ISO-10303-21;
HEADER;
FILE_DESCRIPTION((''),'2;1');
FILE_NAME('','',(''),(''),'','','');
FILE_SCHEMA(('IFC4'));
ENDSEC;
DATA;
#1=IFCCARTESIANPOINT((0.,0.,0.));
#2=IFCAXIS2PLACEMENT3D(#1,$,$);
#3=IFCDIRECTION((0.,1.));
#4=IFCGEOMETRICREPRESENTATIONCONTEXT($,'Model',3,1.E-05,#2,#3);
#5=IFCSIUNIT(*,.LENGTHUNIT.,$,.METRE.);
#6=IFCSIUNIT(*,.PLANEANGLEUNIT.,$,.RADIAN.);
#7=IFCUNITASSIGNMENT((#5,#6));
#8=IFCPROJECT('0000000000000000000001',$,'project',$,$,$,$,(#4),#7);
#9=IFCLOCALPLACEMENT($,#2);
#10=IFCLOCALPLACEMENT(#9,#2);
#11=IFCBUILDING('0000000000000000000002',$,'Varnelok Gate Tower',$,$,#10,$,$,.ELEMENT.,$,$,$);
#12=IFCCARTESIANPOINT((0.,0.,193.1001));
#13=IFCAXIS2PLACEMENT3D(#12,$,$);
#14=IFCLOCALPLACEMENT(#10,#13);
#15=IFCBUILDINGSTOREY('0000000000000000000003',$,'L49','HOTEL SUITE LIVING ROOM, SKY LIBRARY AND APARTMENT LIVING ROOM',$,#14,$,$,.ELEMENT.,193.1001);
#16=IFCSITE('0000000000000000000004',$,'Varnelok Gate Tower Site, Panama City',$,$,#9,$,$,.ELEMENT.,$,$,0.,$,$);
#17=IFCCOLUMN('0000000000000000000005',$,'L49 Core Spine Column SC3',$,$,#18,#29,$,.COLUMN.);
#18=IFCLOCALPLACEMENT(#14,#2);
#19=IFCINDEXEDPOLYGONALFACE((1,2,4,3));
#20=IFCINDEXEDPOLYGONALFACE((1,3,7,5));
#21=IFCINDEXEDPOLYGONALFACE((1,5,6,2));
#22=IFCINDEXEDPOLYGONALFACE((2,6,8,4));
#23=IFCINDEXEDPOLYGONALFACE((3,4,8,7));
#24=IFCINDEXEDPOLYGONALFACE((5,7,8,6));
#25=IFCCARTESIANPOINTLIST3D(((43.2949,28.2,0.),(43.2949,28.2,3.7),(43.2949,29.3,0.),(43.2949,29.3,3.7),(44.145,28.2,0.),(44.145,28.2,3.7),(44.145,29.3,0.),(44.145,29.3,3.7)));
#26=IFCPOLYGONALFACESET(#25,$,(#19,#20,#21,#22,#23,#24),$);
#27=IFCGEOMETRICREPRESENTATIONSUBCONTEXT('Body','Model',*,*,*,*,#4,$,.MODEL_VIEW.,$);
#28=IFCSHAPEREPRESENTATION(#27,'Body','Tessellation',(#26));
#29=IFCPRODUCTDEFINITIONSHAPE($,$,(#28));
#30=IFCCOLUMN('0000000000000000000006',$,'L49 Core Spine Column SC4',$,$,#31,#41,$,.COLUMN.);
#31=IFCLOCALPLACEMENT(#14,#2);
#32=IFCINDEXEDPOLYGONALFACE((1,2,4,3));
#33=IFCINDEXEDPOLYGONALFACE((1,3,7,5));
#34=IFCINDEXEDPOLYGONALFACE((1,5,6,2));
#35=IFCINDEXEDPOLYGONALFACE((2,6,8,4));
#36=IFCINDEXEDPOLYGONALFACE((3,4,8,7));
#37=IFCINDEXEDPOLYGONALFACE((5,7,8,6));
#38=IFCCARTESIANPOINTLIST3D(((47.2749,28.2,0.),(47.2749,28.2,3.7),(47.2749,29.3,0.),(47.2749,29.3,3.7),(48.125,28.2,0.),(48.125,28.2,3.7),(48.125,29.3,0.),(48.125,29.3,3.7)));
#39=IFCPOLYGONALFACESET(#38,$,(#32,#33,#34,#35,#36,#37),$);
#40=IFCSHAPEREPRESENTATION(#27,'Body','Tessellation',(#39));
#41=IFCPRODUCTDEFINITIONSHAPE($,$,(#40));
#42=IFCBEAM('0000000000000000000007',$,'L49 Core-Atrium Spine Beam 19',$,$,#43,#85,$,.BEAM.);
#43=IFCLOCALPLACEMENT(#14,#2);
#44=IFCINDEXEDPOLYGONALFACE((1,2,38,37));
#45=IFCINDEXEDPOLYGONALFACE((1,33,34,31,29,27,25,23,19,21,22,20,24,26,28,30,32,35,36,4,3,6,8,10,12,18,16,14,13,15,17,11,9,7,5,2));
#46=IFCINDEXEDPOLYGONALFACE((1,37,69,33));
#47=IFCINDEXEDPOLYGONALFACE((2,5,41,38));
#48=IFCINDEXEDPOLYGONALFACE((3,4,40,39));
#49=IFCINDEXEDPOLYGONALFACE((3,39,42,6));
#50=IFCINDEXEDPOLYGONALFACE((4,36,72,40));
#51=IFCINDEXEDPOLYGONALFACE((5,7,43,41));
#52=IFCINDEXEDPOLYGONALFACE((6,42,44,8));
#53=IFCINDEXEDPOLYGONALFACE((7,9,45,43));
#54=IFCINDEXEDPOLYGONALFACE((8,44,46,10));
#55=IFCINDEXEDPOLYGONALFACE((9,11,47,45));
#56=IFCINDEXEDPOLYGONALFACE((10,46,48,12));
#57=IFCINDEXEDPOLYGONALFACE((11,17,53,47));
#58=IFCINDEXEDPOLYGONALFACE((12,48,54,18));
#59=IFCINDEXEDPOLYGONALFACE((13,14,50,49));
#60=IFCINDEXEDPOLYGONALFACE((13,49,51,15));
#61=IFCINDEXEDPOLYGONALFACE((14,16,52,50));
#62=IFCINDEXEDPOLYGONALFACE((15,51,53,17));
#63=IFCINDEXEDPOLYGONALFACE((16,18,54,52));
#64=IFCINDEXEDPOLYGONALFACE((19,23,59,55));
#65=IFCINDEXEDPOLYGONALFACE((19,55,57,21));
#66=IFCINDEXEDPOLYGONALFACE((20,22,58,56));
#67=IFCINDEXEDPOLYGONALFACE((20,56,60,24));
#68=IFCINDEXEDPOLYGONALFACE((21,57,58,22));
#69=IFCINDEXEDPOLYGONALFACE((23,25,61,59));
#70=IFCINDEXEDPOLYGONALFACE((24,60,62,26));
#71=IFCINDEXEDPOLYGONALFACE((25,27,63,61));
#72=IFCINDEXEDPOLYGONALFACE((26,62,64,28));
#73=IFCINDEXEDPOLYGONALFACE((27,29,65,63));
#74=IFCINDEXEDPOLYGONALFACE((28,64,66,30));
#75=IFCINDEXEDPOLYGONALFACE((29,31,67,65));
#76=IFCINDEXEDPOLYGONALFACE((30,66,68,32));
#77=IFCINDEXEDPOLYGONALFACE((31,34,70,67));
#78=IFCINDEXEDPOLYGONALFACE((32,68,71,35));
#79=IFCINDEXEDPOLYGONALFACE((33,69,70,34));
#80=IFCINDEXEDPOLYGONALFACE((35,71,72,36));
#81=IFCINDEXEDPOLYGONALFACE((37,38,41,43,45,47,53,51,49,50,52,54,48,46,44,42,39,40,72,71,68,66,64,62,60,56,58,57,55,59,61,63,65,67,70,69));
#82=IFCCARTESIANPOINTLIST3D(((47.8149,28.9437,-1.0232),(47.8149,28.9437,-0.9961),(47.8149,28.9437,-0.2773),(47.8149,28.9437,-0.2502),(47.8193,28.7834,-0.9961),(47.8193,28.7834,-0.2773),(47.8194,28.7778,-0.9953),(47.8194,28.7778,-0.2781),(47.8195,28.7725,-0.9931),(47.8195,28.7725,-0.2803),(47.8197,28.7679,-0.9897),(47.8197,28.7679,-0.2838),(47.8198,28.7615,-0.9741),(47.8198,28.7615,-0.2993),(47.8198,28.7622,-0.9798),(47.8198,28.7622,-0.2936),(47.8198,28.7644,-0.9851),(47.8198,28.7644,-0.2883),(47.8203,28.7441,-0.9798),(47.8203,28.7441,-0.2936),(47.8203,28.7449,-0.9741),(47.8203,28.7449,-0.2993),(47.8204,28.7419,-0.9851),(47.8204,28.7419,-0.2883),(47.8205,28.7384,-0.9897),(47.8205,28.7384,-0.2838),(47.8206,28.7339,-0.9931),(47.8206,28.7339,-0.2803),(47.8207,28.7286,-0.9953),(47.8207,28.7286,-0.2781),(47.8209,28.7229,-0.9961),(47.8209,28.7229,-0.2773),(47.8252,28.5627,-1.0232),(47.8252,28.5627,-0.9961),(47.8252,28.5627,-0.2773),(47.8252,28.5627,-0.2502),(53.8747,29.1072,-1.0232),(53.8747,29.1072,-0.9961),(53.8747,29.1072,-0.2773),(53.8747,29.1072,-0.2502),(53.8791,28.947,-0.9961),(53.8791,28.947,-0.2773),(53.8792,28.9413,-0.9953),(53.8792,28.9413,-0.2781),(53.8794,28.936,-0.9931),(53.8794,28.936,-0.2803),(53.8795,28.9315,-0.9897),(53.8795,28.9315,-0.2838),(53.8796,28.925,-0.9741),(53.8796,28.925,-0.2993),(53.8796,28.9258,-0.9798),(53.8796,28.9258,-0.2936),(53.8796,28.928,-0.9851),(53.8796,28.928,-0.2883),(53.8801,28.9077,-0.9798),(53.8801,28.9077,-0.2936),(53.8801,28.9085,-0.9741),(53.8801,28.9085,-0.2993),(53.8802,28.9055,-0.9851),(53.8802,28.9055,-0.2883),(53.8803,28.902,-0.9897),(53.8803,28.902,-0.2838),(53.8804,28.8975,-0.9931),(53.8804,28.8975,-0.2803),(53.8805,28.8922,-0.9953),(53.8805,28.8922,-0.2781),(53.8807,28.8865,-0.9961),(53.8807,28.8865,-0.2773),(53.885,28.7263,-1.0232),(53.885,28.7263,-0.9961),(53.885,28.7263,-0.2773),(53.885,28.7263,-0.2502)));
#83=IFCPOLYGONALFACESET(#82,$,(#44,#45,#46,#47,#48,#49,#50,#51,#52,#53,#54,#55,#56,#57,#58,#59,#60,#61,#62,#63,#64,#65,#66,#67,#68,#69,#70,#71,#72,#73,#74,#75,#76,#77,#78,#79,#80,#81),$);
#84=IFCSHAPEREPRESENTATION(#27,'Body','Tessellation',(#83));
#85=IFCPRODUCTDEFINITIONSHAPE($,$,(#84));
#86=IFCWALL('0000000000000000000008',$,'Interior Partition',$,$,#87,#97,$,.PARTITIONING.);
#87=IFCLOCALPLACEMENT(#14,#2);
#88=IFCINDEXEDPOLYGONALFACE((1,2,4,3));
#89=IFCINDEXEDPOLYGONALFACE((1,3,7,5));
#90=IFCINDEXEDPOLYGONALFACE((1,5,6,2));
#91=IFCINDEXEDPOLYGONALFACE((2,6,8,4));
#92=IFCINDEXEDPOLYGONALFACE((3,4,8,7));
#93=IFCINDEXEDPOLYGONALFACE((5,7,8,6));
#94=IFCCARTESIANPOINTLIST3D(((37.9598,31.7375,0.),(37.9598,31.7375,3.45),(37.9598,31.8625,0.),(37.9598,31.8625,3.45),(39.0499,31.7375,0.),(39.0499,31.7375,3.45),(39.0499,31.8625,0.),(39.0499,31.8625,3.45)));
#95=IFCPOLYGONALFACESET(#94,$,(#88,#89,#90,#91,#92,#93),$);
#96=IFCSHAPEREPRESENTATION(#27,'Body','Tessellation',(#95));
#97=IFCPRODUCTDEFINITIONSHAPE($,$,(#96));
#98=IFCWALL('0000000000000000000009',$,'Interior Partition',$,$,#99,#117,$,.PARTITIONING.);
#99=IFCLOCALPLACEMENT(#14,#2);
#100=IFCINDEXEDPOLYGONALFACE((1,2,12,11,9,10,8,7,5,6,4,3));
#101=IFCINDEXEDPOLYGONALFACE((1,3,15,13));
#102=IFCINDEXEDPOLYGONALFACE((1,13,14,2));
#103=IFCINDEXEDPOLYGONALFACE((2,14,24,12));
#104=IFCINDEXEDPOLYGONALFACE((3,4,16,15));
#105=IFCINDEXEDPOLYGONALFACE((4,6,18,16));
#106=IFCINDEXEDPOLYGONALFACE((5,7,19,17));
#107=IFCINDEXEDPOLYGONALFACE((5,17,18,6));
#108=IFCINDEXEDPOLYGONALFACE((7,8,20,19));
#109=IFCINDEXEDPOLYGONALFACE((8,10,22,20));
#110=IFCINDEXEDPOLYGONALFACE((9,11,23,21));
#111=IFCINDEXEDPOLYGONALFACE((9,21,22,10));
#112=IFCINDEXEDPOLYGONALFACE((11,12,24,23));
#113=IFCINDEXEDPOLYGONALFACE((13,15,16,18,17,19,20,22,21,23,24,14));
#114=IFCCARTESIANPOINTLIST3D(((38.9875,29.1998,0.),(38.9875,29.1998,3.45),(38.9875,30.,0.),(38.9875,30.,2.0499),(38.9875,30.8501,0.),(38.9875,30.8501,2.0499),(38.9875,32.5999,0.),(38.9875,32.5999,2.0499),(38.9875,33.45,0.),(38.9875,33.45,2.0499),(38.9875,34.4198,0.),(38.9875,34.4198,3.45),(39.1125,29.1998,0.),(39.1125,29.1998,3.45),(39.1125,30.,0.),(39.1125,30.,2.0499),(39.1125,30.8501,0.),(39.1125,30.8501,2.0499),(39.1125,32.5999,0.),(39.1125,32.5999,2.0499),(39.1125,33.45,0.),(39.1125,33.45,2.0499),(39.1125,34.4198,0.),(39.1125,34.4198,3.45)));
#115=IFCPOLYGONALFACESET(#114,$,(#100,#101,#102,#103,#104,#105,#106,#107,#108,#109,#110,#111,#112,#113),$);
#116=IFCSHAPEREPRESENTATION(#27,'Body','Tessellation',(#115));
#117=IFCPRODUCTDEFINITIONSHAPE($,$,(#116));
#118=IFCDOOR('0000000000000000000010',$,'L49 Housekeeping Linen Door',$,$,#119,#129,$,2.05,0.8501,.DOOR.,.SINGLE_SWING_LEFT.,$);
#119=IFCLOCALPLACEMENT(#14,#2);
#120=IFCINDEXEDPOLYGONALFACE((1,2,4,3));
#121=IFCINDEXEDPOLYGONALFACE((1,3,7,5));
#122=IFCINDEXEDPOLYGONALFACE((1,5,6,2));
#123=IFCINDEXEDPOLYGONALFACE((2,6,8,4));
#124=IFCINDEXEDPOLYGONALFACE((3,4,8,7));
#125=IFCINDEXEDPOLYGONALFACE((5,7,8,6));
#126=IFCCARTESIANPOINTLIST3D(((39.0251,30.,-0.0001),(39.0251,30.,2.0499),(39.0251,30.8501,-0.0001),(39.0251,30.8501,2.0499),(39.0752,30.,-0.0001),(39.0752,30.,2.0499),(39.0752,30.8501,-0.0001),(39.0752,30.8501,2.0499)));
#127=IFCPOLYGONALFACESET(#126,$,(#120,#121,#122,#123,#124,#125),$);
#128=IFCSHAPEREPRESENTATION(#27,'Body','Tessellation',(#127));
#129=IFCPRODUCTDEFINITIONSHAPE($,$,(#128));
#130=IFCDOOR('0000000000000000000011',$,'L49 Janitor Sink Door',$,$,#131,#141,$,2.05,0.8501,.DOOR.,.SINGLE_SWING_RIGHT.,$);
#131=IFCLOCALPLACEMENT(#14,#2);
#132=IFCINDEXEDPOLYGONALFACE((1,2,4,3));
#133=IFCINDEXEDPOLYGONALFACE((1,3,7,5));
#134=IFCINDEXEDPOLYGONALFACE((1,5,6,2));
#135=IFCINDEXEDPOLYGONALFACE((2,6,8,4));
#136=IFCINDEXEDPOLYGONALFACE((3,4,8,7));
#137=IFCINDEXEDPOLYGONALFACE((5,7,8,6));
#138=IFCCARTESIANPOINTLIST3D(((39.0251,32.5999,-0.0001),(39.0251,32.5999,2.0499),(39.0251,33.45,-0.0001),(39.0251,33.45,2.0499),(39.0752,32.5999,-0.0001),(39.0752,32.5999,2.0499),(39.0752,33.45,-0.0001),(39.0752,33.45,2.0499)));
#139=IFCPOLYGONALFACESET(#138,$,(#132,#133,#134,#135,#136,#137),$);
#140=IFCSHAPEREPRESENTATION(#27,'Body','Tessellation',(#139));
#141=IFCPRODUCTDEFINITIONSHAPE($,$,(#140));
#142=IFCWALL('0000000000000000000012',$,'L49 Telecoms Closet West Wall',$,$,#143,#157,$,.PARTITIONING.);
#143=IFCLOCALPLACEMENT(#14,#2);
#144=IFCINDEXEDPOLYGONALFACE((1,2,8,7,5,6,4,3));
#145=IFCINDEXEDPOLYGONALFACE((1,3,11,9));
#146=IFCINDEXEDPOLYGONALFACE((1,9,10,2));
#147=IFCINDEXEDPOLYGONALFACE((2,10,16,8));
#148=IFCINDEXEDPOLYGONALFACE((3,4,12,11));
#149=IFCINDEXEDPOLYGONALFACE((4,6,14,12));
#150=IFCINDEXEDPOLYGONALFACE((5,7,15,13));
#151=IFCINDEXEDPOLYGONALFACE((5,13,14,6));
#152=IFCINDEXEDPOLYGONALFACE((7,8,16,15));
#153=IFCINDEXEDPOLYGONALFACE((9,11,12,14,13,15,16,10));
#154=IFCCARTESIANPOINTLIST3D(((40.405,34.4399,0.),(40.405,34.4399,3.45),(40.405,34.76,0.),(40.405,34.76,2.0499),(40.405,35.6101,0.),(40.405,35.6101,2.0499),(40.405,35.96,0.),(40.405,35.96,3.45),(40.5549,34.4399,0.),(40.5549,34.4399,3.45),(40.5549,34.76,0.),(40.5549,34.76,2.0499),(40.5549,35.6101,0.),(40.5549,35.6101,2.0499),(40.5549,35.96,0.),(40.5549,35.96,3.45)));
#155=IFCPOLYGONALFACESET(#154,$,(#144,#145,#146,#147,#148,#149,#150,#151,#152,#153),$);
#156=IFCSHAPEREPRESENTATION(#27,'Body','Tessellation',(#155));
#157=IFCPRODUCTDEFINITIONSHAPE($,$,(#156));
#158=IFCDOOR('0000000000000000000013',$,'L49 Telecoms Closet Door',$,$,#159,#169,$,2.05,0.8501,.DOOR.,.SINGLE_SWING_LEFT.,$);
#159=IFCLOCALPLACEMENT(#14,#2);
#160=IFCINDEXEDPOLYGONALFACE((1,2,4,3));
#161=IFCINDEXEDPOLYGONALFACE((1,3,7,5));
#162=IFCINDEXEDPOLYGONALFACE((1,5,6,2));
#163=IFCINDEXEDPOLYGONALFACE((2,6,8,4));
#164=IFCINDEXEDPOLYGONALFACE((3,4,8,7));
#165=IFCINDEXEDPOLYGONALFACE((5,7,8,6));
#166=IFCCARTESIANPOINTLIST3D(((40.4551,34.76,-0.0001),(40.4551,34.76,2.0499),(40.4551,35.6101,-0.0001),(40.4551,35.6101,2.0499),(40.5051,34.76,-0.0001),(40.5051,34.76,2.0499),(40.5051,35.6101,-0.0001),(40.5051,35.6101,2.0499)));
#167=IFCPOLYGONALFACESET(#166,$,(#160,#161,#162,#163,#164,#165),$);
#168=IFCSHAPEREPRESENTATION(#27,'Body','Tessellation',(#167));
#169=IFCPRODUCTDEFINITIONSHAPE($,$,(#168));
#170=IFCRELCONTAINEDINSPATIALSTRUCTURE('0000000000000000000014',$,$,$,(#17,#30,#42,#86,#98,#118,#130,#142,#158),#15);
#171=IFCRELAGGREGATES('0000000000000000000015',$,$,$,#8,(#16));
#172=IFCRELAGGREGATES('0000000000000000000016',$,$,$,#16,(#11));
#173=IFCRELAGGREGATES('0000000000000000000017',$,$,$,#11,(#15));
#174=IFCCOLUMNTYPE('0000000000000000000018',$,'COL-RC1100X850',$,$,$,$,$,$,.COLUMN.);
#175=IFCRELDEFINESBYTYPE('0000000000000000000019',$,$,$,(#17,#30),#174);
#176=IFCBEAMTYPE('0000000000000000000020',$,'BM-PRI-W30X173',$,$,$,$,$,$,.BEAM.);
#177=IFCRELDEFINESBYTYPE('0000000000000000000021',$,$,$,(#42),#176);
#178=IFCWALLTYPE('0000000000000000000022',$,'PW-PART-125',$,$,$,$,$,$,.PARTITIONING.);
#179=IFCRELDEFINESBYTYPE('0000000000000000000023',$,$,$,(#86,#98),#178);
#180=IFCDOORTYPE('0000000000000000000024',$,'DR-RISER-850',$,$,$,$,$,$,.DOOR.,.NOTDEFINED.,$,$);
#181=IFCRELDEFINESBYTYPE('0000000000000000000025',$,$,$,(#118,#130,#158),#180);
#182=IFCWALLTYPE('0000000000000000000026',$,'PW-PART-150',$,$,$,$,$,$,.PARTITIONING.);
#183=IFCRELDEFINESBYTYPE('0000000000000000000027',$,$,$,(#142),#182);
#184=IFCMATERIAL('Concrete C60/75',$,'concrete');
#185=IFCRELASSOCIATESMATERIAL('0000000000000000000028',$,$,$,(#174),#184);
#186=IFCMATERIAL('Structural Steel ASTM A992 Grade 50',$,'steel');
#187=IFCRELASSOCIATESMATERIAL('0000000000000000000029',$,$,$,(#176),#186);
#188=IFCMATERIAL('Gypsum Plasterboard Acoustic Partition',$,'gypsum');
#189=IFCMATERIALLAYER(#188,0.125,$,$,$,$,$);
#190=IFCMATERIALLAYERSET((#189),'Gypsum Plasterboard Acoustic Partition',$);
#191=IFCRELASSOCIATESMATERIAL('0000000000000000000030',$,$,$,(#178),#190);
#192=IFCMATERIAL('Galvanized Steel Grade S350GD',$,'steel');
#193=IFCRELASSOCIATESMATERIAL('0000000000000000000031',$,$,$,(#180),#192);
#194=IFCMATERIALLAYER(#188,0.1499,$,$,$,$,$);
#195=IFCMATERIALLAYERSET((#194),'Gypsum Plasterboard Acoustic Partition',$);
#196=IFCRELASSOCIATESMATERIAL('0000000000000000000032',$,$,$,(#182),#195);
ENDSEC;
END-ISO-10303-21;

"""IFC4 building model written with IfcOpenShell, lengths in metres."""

from ifc_helpers import new_model, si_unit, direction, frame, frame_2d, origin, origin_2d, place, context, subcontext, project, spatial, rectangle, i_section, extrude, material, layer, layer_set, material_profile, profile_set, type_object, element, fill, save


model = new_model("IFC4")

# Units and contexts
model_context = context("Model", 3, precision=1e-05, world=origin(), true_north=direction((0.0, 1.0)))
body_context = subcontext(model_context, "Body", "Model", "MODEL_VIEW")
ifc_project = project(units=[si_unit("LENGTHUNIT", "METRE"), si_unit("PLANEANGLEUNIT", "RADIAN")], contexts=[model_context])

# Site, building, storey
site_placement = place(None, origin())
site = spatial("IfcSite", under=ifc_project, at=site_placement, Name="Varnelok Gate Tower Site, Panama City", CompositionType="ELEMENT", RefElevation=0.0)
building_placement = place(site_placement, origin())
building = spatial("IfcBuilding", under=site, at=building_placement, Name="Varnelok Gate Tower", CompositionType="ELEMENT")
storey_placement = place(building_placement, frame((0.0, 0.0, 193.1001)))
storey = spatial("IfcBuildingStorey", under=building, at=storey_placement, Name="L49", Description="HOTEL SUITE LIVING ROOM, SKY LIBRARY AND APARTMENT LIVING ROOM", CompositionType="ELEMENT", Elevation=193.1001)

# Columns
ifc_material_1 = material(Name="Concrete C60/75", Category="concrete")
ifc_material_profile_1 = material_profile(ifc_material_1, rectangle(XDim=0.8501, YDim=1.1001, at=origin_2d()), Name="RC1100X850")
ifc_profile_set_1 = profile_set([ifc_material_profile_1], Name="Concrete C60/75")
column_type = type_object("IfcColumnType", Name="COL-RC1100X850", PredefinedType="COLUMN", material=ifc_profile_set_1)
for number, where, z_axis, x_axis, name in (
    (1, (43.72, 28.75, 0.0), (0.0, 0.0, 1.0), (1.0, 0.0, 0.0), "L49 Core Spine Column SC3"),
    (2, (47.7, 28.75, 0.0), (0.0, 0.0, 1.0), (1.0, 0.0, 0.0), "L49 Core Spine Column SC4"),
):
    element("IfcColumn", number, at=place(storey_placement, frame(where, z_axis=z_axis, x_axis=x_axis)), inside=storey, type_object=column_type, Name=name, PredefinedType="COLUMN", context=body_context, shape_type="SweptSolid", body=[
        extrude(rectangle(XDim=0.8501, YDim=1.1001, at=origin_2d()), origin(), (0.0, 0.0, 1.0), 3.7),
    ])

# Beam
ifc_material_2 = material(Name="Structural Steel ASTM A992 Grade 50", Category="steel")
ifc_material_profile_2 = material_profile(ifc_material_2, i_section(OverallWidth=0.3811, OverallDepth=0.7729, WebThickness=0.0166, FlangeThickness=0.0271, FilletRadius=0.022, at=origin_2d()), Name="W30X173")
ifc_profile_set_2 = profile_set([ifc_material_profile_2], Name="Structural Steel ASTM A992 Grade 50")
beam_type = type_object("IfcBeamType", Name="BM-PRI-W30X173", PredefinedType="BEAM", material=ifc_profile_set_2)
beam_placement = place(storey_placement, frame((47.8201, 28.7532, -0.6367), z_axis=(0.999636, 0.026983, 0.0), x_axis=(-0.026983, 0.999636, 0.0)))
element("IfcBeam", 3, at=beam_placement, inside=storey, type_object=beam_type, Name="L49 Core-Atrium Spine Beam 19", PredefinedType="BEAM", context=body_context, shape_type="SweptSolid", body=[
    extrude(i_section(OverallWidth=0.3811, OverallDepth=0.7729, WebThickness=0.0166, FlangeThickness=0.0271, FilletRadius=0.022, at=origin_2d()), origin(), (0.0, 0.0, 1.0), 6.062),
])

# Wall
ifc_material_3 = material(Name="Gypsum Plasterboard Acoustic Partition", Category="gypsum")
ifc_layer_1 = layer(ifc_material_3, 0.125)
ifc_layer_set_1 = layer_set([ifc_layer_1], Name="Gypsum Plasterboard Acoustic Partition")
wall_type_1 = type_object("IfcWallType", Name="PW-PART-125", PredefinedType="PARTITIONING", material=ifc_layer_set_1)
wall_1_placement = place(storey_placement, frame((37.96, 31.8, 0.0), z_axis=(0.0, 0.0, 1.0), x_axis=(1.0, 0.0, 0.0)))
element("IfcWall", 4, at=wall_1_placement, inside=storey, type_object=wall_type_1, Name="Interior Partition", PredefinedType="PARTITIONING", context=body_context, shape_type="SweptSolid", body=[
    extrude(rectangle(XDim=1.0901, YDim=0.125, at=frame_2d((0.5449, 0.0))), origin(), (0.0, 0.0, 1.0), 3.45),
])

# Wall, openings, doors
wall_2_placement = place(storey_placement, frame((39.05, 29.2, 0.0), z_axis=(0.0, 0.0, 1.0), x_axis=(0.0, 1.0, 0.0)))
wall_2 = element("IfcWall", 5, at=wall_2_placement, inside=storey, type_object=wall_type_1, Name="Interior Partition", PredefinedType="PARTITIONING", context=body_context, shape_type="SweptSolid", body=[
    extrude(rectangle(XDim=5.22, YDim=0.125, at=frame_2d((2.6099, 0.0))), origin(), (0.0, 0.0, 1.0), 3.45),
])
opening_1_placement = place(wall_2_placement, frame((0.8, 0.0, 0.0)))
opening_1 = element("IfcOpeningElement", 6, at=opening_1_placement, cuts=wall_2, PredefinedType="OPENING", context=body_context, shape_type="SweptSolid", body=[
    extrude(rectangle(XDim=0.8501, YDim=2.05, at=frame_2d((0.425, 1.0249))), frame((0.0, 0.0725, 0.0), z_axis=(0.0, -1.0, 0.0), x_axis=(1.0, 0.0, 0.0)), (0.0, 0.0, 1.0), 0.145),
])
opening_2_placement = place(wall_2_placement, frame((3.3999, 0.0, 0.0)))
opening_2 = element("IfcOpeningElement", 7, at=opening_2_placement, cuts=wall_2, PredefinedType="OPENING", context=body_context, shape_type="SweptSolid", body=[
    extrude(rectangle(XDim=0.8501, YDim=2.05, at=frame_2d((0.425, 1.0249))), frame((0.0, 0.0725, 0.0), z_axis=(0.0, -1.0, 0.0), x_axis=(1.0, 0.0, 0.0)), (0.0, 0.0, 1.0), 0.145),
])
ifc_material_4 = material(Name="Galvanized Steel Grade S350GD", Category="steel")
door_type_1 = type_object("IfcDoorType", Name="DR-RISER-850", OperationType="NOTDEFINED", PredefinedType="DOOR", material=ifc_material_4)
door_1_placement = place(opening_1_placement, origin())
door_1 = element("IfcDoor", 8, at=door_1_placement, inside=storey, type_object=door_type_1, Name="L49 Housekeeping Linen Door", OperationType="SINGLE_SWING_LEFT", OverallHeight=2.05, OverallWidth=0.8501, PredefinedType="DOOR", context=body_context, shape_type="SweptSolid", body=[
    extrude(rectangle(XDim=0.8501, YDim=2.05, at=frame_2d((0.425, 1.0249))), frame((0.0, 0.0249, 0.0), z_axis=(0.0, -1.0, 0.0), x_axis=(1.0, 0.0, 0.0)), (0.0, 0.0, 1.0), 0.05),
])
fill(opening_1, door_1)
door_2_placement = place(opening_2_placement, origin())
door_2 = element("IfcDoor", 9, at=door_2_placement, inside=storey, type_object=door_type_1, Name="L49 Janitor Sink Door", OperationType="SINGLE_SWING_RIGHT", OverallHeight=2.05, OverallWidth=0.8501, PredefinedType="DOOR", context=body_context, shape_type="SweptSolid", body=[
    extrude(rectangle(XDim=0.8501, YDim=2.05, at=frame_2d((0.425, 1.0249))), frame((0.0, 0.0249, 0.0), z_axis=(0.0, -1.0, 0.0), x_axis=(1.0, 0.0, 0.0)), (0.0, 0.0, 1.0), 0.05),
])
fill(opening_2, door_2)

# Wall, opening, door
ifc_layer_2 = layer(ifc_material_3, 0.1499)
ifc_layer_set_2 = layer_set([ifc_layer_2], Name="Gypsum Plasterboard Acoustic Partition")
wall_type_2 = type_object("IfcWallType", Name="PW-PART-150", PredefinedType="PARTITIONING", material=ifc_layer_set_2)
wall_3_placement = place(storey_placement, frame((40.48, 34.4399, 0.0), z_axis=(0.0, 0.0, 1.0), x_axis=(0.0, 1.0, 0.0)))
wall_3 = element("IfcWall", 10, at=wall_3_placement, inside=storey, type_object=wall_type_2, Name="L49 Telecoms Closet West Wall", PredefinedType="PARTITIONING", context=body_context, shape_type="SweptSolid", body=[
    extrude(rectangle(XDim=1.52, YDim=0.1499, at=frame_2d((0.76, 0.0))), origin(), (0.0, 0.0, 1.0), 3.45),
])
opening_3_placement = place(wall_3_placement, frame((0.3201, 0.0, 0.0)))
opening_3 = element("IfcOpeningElement", 11, at=opening_3_placement, cuts=wall_3, PredefinedType="OPENING", context=body_context, shape_type="SweptSolid", body=[
    extrude(rectangle(XDim=0.8501, YDim=2.05, at=frame_2d((0.425, 1.0249))), frame((0.0, 0.085, 0.0), z_axis=(0.0, -1.0, 0.0), x_axis=(1.0, 0.0, 0.0)), (0.0, 0.0, 1.0), 0.1699),
])
door_3_placement = place(opening_3_placement, origin())
door_3 = element("IfcDoor", 12, at=door_3_placement, inside=storey, type_object=door_type_1, Name="L49 Telecoms Closet Door", OperationType="SINGLE_SWING_LEFT", OverallHeight=2.05, OverallWidth=0.8501, PredefinedType="DOOR", context=body_context, shape_type="SweptSolid", body=[
    extrude(rectangle(XDim=0.8501, YDim=2.05, at=frame_2d((0.425, 1.0249))), frame((0.0, 0.0249, 0.0), z_axis=(0.0, -1.0, 0.0), x_axis=(1.0, 0.0, 0.0)), (0.0, 0.0, 1.0), 0.05),
])
fill(opening_3, door_3)

save(model, "model.ifc")
